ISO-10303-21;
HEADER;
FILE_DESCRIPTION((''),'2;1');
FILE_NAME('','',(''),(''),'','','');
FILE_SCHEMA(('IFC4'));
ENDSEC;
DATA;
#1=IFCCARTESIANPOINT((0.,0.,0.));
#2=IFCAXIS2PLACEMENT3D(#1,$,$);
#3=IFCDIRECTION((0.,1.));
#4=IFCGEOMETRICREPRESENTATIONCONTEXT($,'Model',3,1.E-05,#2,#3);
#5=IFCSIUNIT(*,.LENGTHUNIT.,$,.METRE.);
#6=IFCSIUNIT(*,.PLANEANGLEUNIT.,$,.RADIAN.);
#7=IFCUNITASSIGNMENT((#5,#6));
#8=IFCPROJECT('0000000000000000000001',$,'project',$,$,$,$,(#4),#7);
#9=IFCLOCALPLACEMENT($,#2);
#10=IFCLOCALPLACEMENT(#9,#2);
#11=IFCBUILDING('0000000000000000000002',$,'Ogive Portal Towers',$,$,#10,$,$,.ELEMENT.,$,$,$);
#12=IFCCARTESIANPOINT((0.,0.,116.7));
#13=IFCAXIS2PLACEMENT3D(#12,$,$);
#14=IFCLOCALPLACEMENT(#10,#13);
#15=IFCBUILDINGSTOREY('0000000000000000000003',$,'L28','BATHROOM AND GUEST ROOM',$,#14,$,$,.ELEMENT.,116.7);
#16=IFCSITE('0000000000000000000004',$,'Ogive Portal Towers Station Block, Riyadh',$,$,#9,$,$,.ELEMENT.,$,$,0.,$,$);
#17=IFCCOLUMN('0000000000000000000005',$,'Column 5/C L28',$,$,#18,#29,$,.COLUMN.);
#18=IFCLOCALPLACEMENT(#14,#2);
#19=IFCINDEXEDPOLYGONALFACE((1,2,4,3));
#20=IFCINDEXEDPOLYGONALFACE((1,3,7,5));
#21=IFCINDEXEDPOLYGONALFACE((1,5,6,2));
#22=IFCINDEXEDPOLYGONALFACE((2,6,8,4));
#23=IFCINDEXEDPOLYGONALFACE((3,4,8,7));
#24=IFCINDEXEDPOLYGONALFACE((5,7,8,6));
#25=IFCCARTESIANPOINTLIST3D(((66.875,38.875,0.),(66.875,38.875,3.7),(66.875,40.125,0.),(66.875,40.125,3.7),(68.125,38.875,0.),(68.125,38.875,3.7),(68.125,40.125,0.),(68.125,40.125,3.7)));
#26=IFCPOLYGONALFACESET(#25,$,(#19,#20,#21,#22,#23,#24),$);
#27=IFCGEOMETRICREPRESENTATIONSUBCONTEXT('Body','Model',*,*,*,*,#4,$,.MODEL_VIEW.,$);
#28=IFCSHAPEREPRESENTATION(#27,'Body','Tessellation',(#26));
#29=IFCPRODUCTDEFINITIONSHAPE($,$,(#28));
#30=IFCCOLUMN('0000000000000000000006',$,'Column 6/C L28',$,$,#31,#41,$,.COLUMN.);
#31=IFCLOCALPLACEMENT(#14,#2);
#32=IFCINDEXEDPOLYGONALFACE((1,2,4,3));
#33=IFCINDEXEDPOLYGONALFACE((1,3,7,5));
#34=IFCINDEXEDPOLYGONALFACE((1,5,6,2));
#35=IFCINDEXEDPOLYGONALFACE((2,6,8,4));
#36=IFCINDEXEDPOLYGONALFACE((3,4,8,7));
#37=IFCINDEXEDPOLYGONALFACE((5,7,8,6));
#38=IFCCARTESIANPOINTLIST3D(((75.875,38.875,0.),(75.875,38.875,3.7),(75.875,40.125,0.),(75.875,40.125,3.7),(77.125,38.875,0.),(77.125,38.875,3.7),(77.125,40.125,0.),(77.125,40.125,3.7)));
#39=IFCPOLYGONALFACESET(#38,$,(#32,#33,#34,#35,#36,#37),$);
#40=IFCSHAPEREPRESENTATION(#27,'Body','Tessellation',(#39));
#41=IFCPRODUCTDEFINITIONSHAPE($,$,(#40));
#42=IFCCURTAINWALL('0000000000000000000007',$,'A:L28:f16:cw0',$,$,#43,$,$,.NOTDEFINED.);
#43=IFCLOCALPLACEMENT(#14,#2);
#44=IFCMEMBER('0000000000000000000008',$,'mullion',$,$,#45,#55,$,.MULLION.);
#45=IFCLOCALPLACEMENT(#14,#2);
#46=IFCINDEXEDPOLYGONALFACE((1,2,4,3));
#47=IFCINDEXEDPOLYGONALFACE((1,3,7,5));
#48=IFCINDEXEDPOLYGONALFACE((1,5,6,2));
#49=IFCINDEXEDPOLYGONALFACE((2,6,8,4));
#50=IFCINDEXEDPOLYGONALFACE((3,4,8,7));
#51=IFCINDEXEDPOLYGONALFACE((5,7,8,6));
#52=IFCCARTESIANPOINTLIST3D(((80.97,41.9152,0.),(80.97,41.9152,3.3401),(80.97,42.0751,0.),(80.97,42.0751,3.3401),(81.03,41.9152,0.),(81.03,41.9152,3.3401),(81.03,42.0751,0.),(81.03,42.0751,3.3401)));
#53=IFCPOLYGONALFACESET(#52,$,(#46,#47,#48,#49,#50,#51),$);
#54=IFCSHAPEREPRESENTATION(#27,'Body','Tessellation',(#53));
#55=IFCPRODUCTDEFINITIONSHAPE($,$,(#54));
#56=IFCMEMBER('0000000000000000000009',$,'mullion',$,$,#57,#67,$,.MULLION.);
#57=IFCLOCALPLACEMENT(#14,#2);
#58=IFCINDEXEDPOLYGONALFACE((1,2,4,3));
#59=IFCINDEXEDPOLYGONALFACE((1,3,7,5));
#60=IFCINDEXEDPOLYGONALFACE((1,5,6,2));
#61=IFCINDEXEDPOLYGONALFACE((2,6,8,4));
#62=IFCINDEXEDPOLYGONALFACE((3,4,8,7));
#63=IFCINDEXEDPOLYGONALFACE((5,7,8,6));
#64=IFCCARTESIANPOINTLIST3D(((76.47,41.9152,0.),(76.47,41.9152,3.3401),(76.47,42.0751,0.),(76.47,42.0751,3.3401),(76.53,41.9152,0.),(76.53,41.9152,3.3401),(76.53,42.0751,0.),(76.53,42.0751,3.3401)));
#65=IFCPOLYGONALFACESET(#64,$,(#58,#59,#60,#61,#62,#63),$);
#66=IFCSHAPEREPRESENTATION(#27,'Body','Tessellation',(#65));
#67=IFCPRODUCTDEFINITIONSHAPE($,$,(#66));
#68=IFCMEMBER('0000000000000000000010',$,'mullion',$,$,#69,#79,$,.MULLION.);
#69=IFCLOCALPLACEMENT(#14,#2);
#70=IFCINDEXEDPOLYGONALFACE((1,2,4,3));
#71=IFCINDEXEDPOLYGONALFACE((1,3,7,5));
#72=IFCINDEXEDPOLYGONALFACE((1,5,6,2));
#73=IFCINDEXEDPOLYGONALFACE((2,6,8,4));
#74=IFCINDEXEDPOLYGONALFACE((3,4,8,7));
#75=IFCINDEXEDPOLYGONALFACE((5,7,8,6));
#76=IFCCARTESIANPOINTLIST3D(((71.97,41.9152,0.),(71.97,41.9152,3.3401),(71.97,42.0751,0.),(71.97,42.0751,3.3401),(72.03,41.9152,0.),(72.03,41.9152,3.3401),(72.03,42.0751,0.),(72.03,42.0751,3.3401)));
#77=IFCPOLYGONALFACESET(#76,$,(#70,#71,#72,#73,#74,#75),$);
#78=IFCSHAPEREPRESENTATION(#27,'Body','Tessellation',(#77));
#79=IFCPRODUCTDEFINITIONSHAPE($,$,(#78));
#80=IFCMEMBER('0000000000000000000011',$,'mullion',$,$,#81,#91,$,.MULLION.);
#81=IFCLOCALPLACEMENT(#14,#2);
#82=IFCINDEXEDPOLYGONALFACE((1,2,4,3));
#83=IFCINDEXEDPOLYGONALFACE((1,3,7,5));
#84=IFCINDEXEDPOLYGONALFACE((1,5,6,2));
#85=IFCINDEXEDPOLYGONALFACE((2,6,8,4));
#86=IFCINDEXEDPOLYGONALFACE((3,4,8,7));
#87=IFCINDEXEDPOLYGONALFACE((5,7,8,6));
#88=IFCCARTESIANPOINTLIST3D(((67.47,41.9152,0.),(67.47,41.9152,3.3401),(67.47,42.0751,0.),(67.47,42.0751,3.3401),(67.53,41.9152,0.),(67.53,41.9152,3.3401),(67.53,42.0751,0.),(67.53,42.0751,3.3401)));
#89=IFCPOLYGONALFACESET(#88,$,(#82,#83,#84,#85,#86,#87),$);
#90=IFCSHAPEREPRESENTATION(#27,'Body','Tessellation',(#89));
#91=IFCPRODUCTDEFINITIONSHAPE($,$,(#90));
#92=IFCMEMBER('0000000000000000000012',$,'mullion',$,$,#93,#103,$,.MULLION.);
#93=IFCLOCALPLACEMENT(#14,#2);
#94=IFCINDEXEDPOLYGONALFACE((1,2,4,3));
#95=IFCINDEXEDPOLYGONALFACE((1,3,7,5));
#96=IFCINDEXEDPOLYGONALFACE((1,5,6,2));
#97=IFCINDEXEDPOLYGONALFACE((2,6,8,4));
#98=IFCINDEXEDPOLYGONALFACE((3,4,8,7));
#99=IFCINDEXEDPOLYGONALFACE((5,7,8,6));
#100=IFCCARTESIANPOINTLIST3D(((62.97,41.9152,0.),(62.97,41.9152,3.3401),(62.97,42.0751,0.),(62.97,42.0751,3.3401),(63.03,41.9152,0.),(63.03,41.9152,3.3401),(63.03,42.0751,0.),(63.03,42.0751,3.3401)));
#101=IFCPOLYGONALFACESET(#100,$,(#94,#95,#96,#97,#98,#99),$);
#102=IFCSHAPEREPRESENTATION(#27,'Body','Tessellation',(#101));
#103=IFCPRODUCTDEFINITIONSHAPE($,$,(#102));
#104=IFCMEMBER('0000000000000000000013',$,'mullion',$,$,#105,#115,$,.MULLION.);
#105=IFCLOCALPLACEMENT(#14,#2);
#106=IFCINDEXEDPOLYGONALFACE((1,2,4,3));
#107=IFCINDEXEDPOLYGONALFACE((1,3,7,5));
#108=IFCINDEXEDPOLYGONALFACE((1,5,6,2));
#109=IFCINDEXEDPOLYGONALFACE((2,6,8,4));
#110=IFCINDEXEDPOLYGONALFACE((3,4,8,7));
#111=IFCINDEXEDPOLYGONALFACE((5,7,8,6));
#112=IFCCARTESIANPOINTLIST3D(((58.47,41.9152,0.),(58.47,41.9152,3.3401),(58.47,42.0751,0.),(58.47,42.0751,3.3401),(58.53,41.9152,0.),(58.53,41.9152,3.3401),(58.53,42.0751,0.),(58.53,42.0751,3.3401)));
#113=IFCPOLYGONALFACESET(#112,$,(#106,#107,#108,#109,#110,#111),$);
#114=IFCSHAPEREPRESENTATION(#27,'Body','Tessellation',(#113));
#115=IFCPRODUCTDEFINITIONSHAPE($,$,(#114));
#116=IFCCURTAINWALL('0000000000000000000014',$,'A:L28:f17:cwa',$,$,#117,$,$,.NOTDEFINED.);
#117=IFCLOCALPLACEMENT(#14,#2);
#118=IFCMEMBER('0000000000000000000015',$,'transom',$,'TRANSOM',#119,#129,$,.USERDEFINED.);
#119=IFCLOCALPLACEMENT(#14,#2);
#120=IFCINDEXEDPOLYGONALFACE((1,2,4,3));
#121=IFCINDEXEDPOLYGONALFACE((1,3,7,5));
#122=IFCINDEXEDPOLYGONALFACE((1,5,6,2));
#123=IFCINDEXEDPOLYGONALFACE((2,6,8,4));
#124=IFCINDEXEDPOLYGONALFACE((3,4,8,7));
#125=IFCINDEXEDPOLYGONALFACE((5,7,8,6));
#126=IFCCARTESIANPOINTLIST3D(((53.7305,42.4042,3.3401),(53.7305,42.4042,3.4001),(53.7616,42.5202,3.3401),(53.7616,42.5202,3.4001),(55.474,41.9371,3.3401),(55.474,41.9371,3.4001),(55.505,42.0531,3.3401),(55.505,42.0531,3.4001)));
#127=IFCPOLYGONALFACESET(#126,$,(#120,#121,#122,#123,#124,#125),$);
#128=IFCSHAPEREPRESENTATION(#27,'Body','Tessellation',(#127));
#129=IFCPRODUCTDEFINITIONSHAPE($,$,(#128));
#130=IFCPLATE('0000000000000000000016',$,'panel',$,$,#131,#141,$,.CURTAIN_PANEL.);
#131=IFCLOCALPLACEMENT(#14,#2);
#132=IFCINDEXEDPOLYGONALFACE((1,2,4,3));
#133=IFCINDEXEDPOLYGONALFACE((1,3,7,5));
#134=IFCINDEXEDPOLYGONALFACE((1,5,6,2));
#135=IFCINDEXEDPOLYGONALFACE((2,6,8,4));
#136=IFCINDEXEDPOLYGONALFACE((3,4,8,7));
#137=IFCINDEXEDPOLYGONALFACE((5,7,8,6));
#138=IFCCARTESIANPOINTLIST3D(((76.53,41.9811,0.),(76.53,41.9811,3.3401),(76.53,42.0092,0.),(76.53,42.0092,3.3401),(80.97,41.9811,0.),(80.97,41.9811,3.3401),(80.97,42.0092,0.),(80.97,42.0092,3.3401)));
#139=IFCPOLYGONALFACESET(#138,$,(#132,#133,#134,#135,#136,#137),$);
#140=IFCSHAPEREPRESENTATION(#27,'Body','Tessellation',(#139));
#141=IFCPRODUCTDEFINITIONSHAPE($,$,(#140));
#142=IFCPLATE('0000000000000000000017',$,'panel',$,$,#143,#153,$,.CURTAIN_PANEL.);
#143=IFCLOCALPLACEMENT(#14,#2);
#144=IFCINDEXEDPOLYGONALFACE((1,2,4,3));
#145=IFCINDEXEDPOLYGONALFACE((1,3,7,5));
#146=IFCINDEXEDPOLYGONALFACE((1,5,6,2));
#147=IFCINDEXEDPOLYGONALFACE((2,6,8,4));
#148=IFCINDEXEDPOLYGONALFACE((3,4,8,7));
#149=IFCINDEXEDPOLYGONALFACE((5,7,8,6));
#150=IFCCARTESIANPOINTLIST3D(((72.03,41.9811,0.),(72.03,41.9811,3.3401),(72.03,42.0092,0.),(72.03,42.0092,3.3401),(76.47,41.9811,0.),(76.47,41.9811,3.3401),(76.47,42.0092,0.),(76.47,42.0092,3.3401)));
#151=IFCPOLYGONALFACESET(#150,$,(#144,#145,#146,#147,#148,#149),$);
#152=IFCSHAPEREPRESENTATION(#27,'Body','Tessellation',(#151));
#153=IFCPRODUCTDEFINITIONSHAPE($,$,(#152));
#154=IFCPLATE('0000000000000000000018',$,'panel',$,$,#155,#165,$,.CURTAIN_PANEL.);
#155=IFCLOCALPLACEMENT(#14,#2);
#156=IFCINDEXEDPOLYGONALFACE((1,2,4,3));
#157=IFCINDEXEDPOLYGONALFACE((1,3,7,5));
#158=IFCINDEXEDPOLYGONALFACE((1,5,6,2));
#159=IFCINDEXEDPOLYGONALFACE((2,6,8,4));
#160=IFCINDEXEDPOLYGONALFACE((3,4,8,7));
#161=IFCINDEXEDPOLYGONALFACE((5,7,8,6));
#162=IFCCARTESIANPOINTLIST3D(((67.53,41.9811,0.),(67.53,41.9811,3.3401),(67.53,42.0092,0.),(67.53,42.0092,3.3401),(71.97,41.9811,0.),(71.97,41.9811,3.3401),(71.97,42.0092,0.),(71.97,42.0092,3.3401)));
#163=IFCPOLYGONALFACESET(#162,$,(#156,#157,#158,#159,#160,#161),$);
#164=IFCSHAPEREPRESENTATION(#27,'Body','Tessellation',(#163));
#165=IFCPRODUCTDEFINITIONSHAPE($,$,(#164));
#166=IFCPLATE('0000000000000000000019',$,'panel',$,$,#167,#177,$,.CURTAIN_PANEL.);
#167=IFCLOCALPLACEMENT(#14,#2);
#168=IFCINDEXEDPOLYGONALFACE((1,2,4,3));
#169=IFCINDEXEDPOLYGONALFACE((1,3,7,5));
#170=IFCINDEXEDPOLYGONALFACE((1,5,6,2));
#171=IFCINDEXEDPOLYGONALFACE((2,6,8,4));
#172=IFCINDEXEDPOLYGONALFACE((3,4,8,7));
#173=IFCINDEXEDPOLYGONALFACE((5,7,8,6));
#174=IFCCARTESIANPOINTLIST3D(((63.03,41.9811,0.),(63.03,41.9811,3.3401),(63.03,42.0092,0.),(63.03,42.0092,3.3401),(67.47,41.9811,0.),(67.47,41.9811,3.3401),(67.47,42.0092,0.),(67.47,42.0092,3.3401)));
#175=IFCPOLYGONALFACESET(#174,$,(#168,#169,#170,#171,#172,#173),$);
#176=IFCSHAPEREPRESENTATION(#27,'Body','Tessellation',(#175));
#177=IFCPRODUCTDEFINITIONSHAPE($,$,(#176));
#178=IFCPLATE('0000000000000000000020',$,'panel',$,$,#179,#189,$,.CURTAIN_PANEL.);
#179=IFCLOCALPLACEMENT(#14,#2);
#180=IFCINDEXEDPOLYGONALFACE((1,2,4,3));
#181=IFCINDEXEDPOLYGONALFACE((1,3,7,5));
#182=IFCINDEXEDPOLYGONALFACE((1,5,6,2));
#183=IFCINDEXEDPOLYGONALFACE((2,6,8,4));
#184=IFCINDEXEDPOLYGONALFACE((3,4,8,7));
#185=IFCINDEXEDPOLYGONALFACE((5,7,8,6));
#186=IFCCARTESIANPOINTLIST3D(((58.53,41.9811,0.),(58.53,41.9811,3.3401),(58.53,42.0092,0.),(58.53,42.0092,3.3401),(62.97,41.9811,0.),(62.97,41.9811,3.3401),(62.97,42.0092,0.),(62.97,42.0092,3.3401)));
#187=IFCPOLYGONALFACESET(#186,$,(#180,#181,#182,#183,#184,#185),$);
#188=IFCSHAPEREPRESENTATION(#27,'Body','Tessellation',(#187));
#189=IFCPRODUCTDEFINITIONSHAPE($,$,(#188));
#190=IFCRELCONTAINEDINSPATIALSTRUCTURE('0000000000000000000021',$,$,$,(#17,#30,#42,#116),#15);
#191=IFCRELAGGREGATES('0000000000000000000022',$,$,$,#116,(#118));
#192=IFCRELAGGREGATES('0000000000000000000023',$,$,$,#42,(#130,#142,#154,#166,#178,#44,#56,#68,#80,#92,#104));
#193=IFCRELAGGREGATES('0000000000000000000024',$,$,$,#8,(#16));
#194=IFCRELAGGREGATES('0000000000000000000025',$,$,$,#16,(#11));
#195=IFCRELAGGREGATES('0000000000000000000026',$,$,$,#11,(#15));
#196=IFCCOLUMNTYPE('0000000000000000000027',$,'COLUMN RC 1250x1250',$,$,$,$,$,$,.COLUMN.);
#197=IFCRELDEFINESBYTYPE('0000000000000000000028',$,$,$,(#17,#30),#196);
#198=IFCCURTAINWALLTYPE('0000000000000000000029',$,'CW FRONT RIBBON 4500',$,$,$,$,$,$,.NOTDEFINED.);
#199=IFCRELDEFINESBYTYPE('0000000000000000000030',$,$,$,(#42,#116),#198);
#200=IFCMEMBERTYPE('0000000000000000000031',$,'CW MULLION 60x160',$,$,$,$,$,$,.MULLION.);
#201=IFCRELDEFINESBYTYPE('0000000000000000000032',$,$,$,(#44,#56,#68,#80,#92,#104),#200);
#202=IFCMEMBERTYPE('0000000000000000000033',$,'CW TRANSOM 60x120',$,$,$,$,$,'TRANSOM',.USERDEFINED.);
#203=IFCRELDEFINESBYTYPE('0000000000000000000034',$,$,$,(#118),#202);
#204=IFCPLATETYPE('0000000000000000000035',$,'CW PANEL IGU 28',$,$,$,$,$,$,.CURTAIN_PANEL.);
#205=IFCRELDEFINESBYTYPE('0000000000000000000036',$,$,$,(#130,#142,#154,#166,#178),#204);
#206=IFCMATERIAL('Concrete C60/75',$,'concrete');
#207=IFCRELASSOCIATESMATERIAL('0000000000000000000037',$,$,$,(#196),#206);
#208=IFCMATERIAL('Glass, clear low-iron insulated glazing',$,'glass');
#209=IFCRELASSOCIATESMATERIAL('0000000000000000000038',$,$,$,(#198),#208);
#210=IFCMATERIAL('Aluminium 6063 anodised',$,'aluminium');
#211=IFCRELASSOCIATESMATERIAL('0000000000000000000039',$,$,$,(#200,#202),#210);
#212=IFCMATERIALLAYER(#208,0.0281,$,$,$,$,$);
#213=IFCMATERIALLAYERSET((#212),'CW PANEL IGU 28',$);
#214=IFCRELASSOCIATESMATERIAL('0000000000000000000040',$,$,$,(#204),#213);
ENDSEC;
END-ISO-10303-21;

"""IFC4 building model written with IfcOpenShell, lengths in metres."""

from ifc_helpers import new_model, si_unit, direction, frame, origin, origin_2d, place, context, subcontext, project, spatial, rectangle, extrude, material, layer, layer_set, material_profile, profile_set, type_object, element, aggregate, save


model = new_model("IFC4")

# Units and contexts
model_context = context("Model", 3, precision=1e-05, world=origin(), true_north=direction((0.0, 1.0)))
body_context = subcontext(model_context, "Body", "Model", "MODEL_VIEW")
ifc_project = project(units=[si_unit("LENGTHUNIT", "METRE"), si_unit("PLANEANGLEUNIT", "RADIAN")], contexts=[model_context])

# Site, building, storey
site_placement = place(None, origin())
site = spatial("IfcSite", under=ifc_project, at=site_placement, Name="Ogive Portal Towers Station Block, Riyadh", CompositionType="ELEMENT", RefElevation=0.0)
building_placement = place(site_placement, origin())
building = spatial("IfcBuilding", under=site, at=building_placement, Name="Ogive Portal Towers", CompositionType="ELEMENT")
storey_placement = place(building_placement, frame((0.0, 0.0, 116.7)))
storey = spatial("IfcBuildingStorey", under=building, at=storey_placement, Name="L28", Description="BATHROOM AND GUEST ROOM", CompositionType="ELEMENT", Elevation=116.7)

# Columns
ifc_material_1 = material(Name="Concrete C60/75", Category="concrete")
ifc_material_profile_1 = material_profile(ifc_material_1, rectangle(XDim=1.25, YDim=1.25, at=origin_2d()), Name="RC 1250x1250")
ifc_profile_set_1 = profile_set([ifc_material_profile_1], Name="Concrete C60/75")
column_type = type_object("IfcColumnType", Name="COLUMN RC 1250x1250", PredefinedType="COLUMN", material=ifc_profile_set_1)
for number, where, z_axis, x_axis, name in (
    (1, (67.5, 39.5, 0.0), (0.0, 0.0, 1.0), (1.0, 0.0, 0.0), "Column 5/C L28"),
    (2, (76.5, 39.5, 0.0), (0.0, 0.0, 1.0), (1.0, 0.0, 0.0), "Column 6/C L28"),
):
    element("IfcColumn", number, at=place(storey_placement, frame(where, z_axis=z_axis, x_axis=x_axis)), inside=storey, type_object=column_type, Name=name, PredefinedType="COLUMN", context=body_context, shape_type="SweptSolid", body=[
        extrude(rectangle(XDim=1.25, YDim=1.25, at=origin_2d()), origin(), (0.0, 0.0, 1.0), 3.7),
    ])

# Curtain wall, members
ifc_material_2 = material(Name="Glass, clear low-iron insulated glazing", Category="glass")
curtain_wall_type = type_object("IfcCurtainWallType", Name="CW FRONT RIBBON 4500", PredefinedType="NOTDEFINED", material=ifc_material_2)
curtain_wall_1_placement = place(storey_placement, origin())
curtain_wall_1 = element("IfcCurtainWall", 3, at=curtain_wall_1_placement, inside=storey, type_object=curtain_wall_type, Name="A:L28:f16:cw0", PredefinedType="NOTDEFINED")
ifc_material_3 = material(Name="Aluminium 6063 anodised", Category="aluminium")
ifc_material_profile_2 = material_profile(ifc_material_3, rectangle(XDim=0.1599, YDim=0.0601, at=origin_2d()), Name="AL 60x160")
ifc_profile_set_2 = profile_set([ifc_material_profile_2], Name="Aluminium 6063 anodised")
member_type_1 = type_object("IfcMemberType", Name="CW MULLION 60x160", PredefinedType="MULLION", material=ifc_profile_set_2)
member_1_placement = place(storey_placement, frame((81.0, 41.9951, 0.0), z_axis=(0.0, 0.0, 1.0), x_axis=(0.0, -1.0, 0.0)))
member_1 = element("IfcMember", 4, at=member_1_placement, type_object=member_type_1, Name="mullion", PredefinedType="MULLION", context=body_context, shape_type="SweptSolid", body=[
    extrude(rectangle(XDim=0.1599, YDim=0.0601, at=origin_2d()), origin(), (0.0, 0.0, 1.0), 3.3401),
])
member_2_placement = place(storey_placement, frame((76.5, 41.9951, 0.0), z_axis=(0.0, 0.0, 1.0), x_axis=(0.0, -1.0, 0.0)))
member_2 = element("IfcMember", 5, at=member_2_placement, type_object=member_type_1, Name="mullion", PredefinedType="MULLION", context=body_context, shape_type="SweptSolid", body=[
    extrude(rectangle(XDim=0.1599, YDim=0.0601, at=origin_2d()), origin(), (0.0, 0.0, 1.0), 3.3401),
])
member_3_placement = place(storey_placement, frame((72.0, 41.9951, 0.0), z_axis=(0.0, 0.0, 1.0), x_axis=(0.0, -1.0, 0.0)))
member_3 = element("IfcMember", 6, at=member_3_placement, type_object=member_type_1, Name="mullion", PredefinedType="MULLION", context=body_context, shape_type="SweptSolid", body=[
    extrude(rectangle(XDim=0.1599, YDim=0.0601, at=origin_2d()), origin(), (0.0, 0.0, 1.0), 3.3401),
])
member_4_placement = place(storey_placement, frame((67.5, 41.9951, 0.0), z_axis=(0.0, 0.0, 1.0), x_axis=(0.0, -1.0, 0.0)))
member_4 = element("IfcMember", 7, at=member_4_placement, type_object=member_type_1, Name="mullion", PredefinedType="MULLION", context=body_context, shape_type="SweptSolid", body=[
    extrude(rectangle(XDim=0.1599, YDim=0.0601, at=origin_2d()), origin(), (0.0, 0.0, 1.0), 3.3401),
])
member_5_placement = place(storey_placement, frame((63.0, 41.9951, 0.0), z_axis=(0.0, 0.0, 1.0), x_axis=(0.0, -1.0, 0.0)))
member_5 = element("IfcMember", 8, at=member_5_placement, type_object=member_type_1, Name="mullion", PredefinedType="MULLION", context=body_context, shape_type="SweptSolid", body=[
    extrude(rectangle(XDim=0.1599, YDim=0.0601, at=origin_2d()), origin(), (0.0, 0.0, 1.0), 3.3401),
])
member_6_placement = place(storey_placement, frame((58.5, 41.9951, 0.0), z_axis=(0.0, 0.0, 1.0), x_axis=(0.0, -1.0, 0.0)))
member_6 = element("IfcMember", 9, at=member_6_placement, type_object=member_type_1, Name="mullion", PredefinedType="MULLION", context=body_context, shape_type="SweptSolid", body=[
    extrude(rectangle(XDim=0.1599, YDim=0.0601, at=origin_2d()), origin(), (0.0, 0.0, 1.0), 3.3401),
])

# Curtain wall, member
curtain_wall_2_placement = place(storey_placement, origin())
curtain_wall_2 = element("IfcCurtainWall", 10, at=curtain_wall_2_placement, inside=storey, type_object=curtain_wall_type, Name="A:L28:f17:cwa", PredefinedType="NOTDEFINED")
ifc_material_profile_3 = material_profile(ifc_material_3, rectangle(XDim=0.1201, YDim=0.0601, at=origin_2d()), Name="AL 120x60")
ifc_profile_set_3 = profile_set([ifc_material_profile_3], Name="Aluminium 6063 anodised")
member_type_2 = type_object("IfcMemberType", Name="CW TRANSOM 60x120", ElementType="TRANSOM", PredefinedType="USERDEFINED", material=ifc_profile_set_3)
member_7_placement = place(storey_placement, frame((55.4895, 41.9951, 3.3701), z_axis=(-0.96594, 0.258765, 0.0), x_axis=(-0.258765, -0.96594, 0.0)))
member_7 = element("IfcMember", 11, at=member_7_placement, type_object=member_type_2, Name="transom", ObjectType="TRANSOM", PredefinedType="USERDEFINED", context=body_context, shape_type="SweptSolid", body=[
    extrude(rectangle(XDim=0.1201, YDim=0.0601, at=origin_2d()), origin(), (0.0, 0.0, 1.0), 1.8049),
])
aggregate(curtain_wall_2, [member_7])

# Plates
ifc_layer_1 = layer(ifc_material_2, 0.0281)
ifc_layer_set_1 = layer_set([ifc_layer_1], Name="CW PANEL IGU 28")
plate_type = type_object("IfcPlateType", Name="CW PANEL IGU 28", PredefinedType="CURTAIN_PANEL", material=ifc_layer_set_1)
plate_1_placement = place(storey_placement, frame((78.75, 41.9951, 0.0), z_axis=(0.0, 0.0, 1.0), x_axis=(-1.0, 0.0, 0.0)))
plate_1 = element("IfcPlate", 12, at=plate_1_placement, type_object=plate_type, Name="panel", PredefinedType="CURTAIN_PANEL", context=body_context, shape_type="SweptSolid", body=[
    extrude(rectangle(XDim=4.4399, YDim=0.0281, at=origin_2d()), origin(), (0.0, 0.0, 1.0), 3.3401),
])
plate_2_placement = place(storey_placement, frame((74.25, 41.9951, 0.0), z_axis=(0.0, 0.0, 1.0), x_axis=(-1.0, 0.0, 0.0)))
plate_2 = element("IfcPlate", 13, at=plate_2_placement, type_object=plate_type, Name="panel", PredefinedType="CURTAIN_PANEL", context=body_context, shape_type="SweptSolid", body=[
    extrude(rectangle(XDim=4.4399, YDim=0.0281, at=origin_2d()), origin(), (0.0, 0.0, 1.0), 3.3401),
])
plate_3_placement = place(storey_placement, frame((69.75, 41.9951, 0.0), z_axis=(0.0, 0.0, 1.0), x_axis=(-1.0, 0.0, 0.0)))
plate_3 = element("IfcPlate", 14, at=plate_3_placement, type_object=plate_type, Name="panel", PredefinedType="CURTAIN_PANEL", context=body_context, shape_type="SweptSolid", body=[
    extrude(rectangle(XDim=4.4399, YDim=0.0281, at=origin_2d()), origin(), (0.0, 0.0, 1.0), 3.3401),
])
plate_4_placement = place(storey_placement, frame((65.25, 41.9951, 0.0), z_axis=(0.0, 0.0, 1.0), x_axis=(-1.0, 0.0, 0.0)))
plate_4 = element("IfcPlate", 15, at=plate_4_placement, type_object=plate_type, Name="panel", PredefinedType="CURTAIN_PANEL", context=body_context, shape_type="SweptSolid", body=[
    extrude(rectangle(XDim=4.4399, YDim=0.0281, at=origin_2d()), origin(), (0.0, 0.0, 1.0), 3.3401),
])
plate_5_placement = place(storey_placement, frame((60.75, 41.9951, 0.0), z_axis=(0.0, 0.0, 1.0), x_axis=(-1.0, 0.0, 0.0)))
plate_5 = element("IfcPlate", 16, at=plate_5_placement, type_object=plate_type, Name="panel", PredefinedType="CURTAIN_PANEL", context=body_context, shape_type="SweptSolid", body=[
    extrude(rectangle(XDim=4.4399, YDim=0.0281, at=origin_2d()), origin(), (0.0, 0.0, 1.0), 3.3401),
])
aggregate(curtain_wall_1, [plate_1, plate_2, plate_3, plate_4, plate_5, member_1, member_2, member_3, member_4, member_5, member_6])

save(model, "model.ifc")
